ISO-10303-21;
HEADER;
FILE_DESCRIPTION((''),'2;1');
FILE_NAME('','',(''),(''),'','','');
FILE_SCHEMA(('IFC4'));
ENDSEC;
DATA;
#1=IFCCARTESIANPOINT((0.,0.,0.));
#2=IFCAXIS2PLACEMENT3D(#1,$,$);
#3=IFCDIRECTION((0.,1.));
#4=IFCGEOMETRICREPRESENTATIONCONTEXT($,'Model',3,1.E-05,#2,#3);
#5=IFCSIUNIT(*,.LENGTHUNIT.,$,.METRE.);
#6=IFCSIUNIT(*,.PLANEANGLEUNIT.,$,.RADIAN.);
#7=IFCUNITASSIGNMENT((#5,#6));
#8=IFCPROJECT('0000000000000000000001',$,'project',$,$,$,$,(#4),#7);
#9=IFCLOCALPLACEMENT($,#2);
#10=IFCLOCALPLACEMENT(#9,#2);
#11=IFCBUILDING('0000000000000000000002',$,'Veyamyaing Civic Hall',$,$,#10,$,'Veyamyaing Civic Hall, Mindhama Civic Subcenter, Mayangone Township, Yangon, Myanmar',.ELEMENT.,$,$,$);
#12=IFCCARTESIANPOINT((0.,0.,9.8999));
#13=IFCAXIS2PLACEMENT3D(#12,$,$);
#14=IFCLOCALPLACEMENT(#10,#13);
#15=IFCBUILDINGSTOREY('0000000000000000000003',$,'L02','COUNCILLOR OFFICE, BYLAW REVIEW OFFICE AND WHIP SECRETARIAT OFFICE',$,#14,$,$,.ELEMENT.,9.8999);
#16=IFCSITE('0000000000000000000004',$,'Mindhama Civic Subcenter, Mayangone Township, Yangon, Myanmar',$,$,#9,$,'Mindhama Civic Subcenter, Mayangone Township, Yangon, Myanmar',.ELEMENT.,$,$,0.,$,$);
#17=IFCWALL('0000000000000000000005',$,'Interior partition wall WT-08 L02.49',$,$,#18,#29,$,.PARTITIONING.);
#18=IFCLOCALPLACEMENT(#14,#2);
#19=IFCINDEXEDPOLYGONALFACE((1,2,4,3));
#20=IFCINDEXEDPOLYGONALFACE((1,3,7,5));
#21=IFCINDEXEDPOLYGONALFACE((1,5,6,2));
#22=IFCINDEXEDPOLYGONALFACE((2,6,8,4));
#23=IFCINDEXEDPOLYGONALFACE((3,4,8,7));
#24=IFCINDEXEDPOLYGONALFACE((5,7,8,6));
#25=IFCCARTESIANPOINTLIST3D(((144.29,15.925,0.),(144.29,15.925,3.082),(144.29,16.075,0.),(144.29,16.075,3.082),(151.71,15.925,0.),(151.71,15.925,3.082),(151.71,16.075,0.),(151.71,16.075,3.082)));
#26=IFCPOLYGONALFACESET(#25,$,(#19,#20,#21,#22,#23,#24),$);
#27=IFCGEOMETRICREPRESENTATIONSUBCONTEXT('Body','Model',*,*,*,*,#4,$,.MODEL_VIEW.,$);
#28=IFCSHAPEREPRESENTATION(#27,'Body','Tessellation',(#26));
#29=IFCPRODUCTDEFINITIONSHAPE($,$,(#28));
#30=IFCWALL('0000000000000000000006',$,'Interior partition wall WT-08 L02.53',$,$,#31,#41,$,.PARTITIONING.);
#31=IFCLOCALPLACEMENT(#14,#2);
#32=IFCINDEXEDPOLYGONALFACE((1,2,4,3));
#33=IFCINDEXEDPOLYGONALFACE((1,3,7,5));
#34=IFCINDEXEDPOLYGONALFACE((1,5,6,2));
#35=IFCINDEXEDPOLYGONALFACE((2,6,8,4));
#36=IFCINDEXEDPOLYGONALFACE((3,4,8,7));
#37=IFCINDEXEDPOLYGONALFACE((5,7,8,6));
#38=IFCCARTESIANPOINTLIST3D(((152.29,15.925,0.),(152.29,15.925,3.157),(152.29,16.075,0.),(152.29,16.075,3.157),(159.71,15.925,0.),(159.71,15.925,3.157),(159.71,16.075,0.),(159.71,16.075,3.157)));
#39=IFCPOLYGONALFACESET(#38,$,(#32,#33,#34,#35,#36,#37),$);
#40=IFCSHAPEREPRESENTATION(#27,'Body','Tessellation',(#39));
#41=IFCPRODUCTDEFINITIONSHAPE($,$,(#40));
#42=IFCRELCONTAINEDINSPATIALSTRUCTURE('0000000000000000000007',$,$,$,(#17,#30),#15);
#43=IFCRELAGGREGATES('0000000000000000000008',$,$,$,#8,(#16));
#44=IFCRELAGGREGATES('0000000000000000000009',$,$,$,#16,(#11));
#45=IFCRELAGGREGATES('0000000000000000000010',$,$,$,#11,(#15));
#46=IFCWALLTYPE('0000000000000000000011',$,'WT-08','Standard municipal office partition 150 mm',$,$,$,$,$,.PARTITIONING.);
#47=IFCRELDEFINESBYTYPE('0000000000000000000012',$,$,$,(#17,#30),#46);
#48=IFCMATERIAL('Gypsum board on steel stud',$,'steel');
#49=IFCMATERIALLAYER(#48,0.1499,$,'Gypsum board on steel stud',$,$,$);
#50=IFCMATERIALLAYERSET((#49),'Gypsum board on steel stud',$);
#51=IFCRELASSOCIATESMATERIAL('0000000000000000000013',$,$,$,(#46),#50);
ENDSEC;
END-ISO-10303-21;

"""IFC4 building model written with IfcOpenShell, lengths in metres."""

from ifc_helpers import new_model, si_unit, direction, frame, frame_2d, origin, place, context, subcontext, project, spatial, rectangle, extrude, material, layer, layer_set, type_object, element, save


model = new_model("IFC4")

# Units and contexts
model_context = context("Model", 3, precision=1e-05, world=origin(), true_north=direction((0.0, 1.0)))
body_context = subcontext(model_context, "Body", "Model", "MODEL_VIEW")
ifc_project = project(units=[si_unit("LENGTHUNIT", "METRE"), si_unit("PLANEANGLEUNIT", "RADIAN")], contexts=[model_context])

# Site, building, storey
site_placement = place(None, origin())
site = spatial("IfcSite", under=ifc_project, at=site_placement, Name="Mindhama Civic Subcenter, Mayangone Township, Yangon, Myanmar", LongName="Mindhama Civic Subcenter, Mayangone Township, Yangon, Myanmar", CompositionType="ELEMENT", RefElevation=0.0)
building_placement = place(site_placement, origin())
building = spatial("IfcBuilding", under=site, at=building_placement, Name="Veyamyaing Civic Hall", LongName="Veyamyaing Civic Hall, Mindhama Civic Subcenter, Mayangone Township, Yangon, Myanmar", CompositionType="ELEMENT")
storey_placement = place(building_placement, frame((0.0, 0.0, 9.8999)))
storey = spatial("IfcBuildingStorey", under=building, at=storey_placement, Name="L02", Description="COUNCILLOR OFFICE, BYLAW REVIEW OFFICE AND WHIP SECRETARIAT OFFICE", CompositionType="ELEMENT", Elevation=9.8999)

# Walls
ifc_material_1 = material(Name="Gypsum board on steel stud", Category="steel")
ifc_layer_1 = layer(ifc_material_1, 0.1499, Name="Gypsum board on steel stud")
ifc_layer_set_1 = layer_set([ifc_layer_1], Name="Gypsum board on steel stud")
wall_type_1 = type_object("IfcWallType", Name="WT-08", Description="Standard municipal office partition 150 mm", PredefinedType="PARTITIONING", material=ifc_layer_set_1)
wall_1_placement = place(storey_placement, frame((144.29, 16.0, 0.0), z_axis=(0.0, 0.0, 1.0), x_axis=(1.0, 0.0, 0.0)))
element("IfcWall", 1, at=wall_1_placement, inside=storey, type_object=wall_type_1, Name="Interior partition wall WT-08 L02.49", PredefinedType="PARTITIONING", context=body_context, shape_type="SweptSolid", body=[
    extrude(rectangle(XDim=7.4199, YDim=0.1499, at=frame_2d((3.71, 0.0))), origin(), (0.0, 0.0, 1.0), 3.082),
])
wall_2_placement = place(storey_placement, frame((152.29, 16.0, 0.0), z_axis=(0.0, 0.0, 1.0), x_axis=(1.0, 0.0, 0.0)))
element("IfcWall", 2, at=wall_2_placement, inside=storey, type_object=wall_type_1, Name="Interior partition wall WT-08 L02.53", PredefinedType="PARTITIONING", context=body_context, shape_type="SweptSolid", body=[
    extrude(rectangle(XDim=7.4199, YDim=0.1499, at=frame_2d((3.71, 0.0))), origin(), (0.0, 0.0, 1.0), 3.157),
])

save(model, "model.ifc")
